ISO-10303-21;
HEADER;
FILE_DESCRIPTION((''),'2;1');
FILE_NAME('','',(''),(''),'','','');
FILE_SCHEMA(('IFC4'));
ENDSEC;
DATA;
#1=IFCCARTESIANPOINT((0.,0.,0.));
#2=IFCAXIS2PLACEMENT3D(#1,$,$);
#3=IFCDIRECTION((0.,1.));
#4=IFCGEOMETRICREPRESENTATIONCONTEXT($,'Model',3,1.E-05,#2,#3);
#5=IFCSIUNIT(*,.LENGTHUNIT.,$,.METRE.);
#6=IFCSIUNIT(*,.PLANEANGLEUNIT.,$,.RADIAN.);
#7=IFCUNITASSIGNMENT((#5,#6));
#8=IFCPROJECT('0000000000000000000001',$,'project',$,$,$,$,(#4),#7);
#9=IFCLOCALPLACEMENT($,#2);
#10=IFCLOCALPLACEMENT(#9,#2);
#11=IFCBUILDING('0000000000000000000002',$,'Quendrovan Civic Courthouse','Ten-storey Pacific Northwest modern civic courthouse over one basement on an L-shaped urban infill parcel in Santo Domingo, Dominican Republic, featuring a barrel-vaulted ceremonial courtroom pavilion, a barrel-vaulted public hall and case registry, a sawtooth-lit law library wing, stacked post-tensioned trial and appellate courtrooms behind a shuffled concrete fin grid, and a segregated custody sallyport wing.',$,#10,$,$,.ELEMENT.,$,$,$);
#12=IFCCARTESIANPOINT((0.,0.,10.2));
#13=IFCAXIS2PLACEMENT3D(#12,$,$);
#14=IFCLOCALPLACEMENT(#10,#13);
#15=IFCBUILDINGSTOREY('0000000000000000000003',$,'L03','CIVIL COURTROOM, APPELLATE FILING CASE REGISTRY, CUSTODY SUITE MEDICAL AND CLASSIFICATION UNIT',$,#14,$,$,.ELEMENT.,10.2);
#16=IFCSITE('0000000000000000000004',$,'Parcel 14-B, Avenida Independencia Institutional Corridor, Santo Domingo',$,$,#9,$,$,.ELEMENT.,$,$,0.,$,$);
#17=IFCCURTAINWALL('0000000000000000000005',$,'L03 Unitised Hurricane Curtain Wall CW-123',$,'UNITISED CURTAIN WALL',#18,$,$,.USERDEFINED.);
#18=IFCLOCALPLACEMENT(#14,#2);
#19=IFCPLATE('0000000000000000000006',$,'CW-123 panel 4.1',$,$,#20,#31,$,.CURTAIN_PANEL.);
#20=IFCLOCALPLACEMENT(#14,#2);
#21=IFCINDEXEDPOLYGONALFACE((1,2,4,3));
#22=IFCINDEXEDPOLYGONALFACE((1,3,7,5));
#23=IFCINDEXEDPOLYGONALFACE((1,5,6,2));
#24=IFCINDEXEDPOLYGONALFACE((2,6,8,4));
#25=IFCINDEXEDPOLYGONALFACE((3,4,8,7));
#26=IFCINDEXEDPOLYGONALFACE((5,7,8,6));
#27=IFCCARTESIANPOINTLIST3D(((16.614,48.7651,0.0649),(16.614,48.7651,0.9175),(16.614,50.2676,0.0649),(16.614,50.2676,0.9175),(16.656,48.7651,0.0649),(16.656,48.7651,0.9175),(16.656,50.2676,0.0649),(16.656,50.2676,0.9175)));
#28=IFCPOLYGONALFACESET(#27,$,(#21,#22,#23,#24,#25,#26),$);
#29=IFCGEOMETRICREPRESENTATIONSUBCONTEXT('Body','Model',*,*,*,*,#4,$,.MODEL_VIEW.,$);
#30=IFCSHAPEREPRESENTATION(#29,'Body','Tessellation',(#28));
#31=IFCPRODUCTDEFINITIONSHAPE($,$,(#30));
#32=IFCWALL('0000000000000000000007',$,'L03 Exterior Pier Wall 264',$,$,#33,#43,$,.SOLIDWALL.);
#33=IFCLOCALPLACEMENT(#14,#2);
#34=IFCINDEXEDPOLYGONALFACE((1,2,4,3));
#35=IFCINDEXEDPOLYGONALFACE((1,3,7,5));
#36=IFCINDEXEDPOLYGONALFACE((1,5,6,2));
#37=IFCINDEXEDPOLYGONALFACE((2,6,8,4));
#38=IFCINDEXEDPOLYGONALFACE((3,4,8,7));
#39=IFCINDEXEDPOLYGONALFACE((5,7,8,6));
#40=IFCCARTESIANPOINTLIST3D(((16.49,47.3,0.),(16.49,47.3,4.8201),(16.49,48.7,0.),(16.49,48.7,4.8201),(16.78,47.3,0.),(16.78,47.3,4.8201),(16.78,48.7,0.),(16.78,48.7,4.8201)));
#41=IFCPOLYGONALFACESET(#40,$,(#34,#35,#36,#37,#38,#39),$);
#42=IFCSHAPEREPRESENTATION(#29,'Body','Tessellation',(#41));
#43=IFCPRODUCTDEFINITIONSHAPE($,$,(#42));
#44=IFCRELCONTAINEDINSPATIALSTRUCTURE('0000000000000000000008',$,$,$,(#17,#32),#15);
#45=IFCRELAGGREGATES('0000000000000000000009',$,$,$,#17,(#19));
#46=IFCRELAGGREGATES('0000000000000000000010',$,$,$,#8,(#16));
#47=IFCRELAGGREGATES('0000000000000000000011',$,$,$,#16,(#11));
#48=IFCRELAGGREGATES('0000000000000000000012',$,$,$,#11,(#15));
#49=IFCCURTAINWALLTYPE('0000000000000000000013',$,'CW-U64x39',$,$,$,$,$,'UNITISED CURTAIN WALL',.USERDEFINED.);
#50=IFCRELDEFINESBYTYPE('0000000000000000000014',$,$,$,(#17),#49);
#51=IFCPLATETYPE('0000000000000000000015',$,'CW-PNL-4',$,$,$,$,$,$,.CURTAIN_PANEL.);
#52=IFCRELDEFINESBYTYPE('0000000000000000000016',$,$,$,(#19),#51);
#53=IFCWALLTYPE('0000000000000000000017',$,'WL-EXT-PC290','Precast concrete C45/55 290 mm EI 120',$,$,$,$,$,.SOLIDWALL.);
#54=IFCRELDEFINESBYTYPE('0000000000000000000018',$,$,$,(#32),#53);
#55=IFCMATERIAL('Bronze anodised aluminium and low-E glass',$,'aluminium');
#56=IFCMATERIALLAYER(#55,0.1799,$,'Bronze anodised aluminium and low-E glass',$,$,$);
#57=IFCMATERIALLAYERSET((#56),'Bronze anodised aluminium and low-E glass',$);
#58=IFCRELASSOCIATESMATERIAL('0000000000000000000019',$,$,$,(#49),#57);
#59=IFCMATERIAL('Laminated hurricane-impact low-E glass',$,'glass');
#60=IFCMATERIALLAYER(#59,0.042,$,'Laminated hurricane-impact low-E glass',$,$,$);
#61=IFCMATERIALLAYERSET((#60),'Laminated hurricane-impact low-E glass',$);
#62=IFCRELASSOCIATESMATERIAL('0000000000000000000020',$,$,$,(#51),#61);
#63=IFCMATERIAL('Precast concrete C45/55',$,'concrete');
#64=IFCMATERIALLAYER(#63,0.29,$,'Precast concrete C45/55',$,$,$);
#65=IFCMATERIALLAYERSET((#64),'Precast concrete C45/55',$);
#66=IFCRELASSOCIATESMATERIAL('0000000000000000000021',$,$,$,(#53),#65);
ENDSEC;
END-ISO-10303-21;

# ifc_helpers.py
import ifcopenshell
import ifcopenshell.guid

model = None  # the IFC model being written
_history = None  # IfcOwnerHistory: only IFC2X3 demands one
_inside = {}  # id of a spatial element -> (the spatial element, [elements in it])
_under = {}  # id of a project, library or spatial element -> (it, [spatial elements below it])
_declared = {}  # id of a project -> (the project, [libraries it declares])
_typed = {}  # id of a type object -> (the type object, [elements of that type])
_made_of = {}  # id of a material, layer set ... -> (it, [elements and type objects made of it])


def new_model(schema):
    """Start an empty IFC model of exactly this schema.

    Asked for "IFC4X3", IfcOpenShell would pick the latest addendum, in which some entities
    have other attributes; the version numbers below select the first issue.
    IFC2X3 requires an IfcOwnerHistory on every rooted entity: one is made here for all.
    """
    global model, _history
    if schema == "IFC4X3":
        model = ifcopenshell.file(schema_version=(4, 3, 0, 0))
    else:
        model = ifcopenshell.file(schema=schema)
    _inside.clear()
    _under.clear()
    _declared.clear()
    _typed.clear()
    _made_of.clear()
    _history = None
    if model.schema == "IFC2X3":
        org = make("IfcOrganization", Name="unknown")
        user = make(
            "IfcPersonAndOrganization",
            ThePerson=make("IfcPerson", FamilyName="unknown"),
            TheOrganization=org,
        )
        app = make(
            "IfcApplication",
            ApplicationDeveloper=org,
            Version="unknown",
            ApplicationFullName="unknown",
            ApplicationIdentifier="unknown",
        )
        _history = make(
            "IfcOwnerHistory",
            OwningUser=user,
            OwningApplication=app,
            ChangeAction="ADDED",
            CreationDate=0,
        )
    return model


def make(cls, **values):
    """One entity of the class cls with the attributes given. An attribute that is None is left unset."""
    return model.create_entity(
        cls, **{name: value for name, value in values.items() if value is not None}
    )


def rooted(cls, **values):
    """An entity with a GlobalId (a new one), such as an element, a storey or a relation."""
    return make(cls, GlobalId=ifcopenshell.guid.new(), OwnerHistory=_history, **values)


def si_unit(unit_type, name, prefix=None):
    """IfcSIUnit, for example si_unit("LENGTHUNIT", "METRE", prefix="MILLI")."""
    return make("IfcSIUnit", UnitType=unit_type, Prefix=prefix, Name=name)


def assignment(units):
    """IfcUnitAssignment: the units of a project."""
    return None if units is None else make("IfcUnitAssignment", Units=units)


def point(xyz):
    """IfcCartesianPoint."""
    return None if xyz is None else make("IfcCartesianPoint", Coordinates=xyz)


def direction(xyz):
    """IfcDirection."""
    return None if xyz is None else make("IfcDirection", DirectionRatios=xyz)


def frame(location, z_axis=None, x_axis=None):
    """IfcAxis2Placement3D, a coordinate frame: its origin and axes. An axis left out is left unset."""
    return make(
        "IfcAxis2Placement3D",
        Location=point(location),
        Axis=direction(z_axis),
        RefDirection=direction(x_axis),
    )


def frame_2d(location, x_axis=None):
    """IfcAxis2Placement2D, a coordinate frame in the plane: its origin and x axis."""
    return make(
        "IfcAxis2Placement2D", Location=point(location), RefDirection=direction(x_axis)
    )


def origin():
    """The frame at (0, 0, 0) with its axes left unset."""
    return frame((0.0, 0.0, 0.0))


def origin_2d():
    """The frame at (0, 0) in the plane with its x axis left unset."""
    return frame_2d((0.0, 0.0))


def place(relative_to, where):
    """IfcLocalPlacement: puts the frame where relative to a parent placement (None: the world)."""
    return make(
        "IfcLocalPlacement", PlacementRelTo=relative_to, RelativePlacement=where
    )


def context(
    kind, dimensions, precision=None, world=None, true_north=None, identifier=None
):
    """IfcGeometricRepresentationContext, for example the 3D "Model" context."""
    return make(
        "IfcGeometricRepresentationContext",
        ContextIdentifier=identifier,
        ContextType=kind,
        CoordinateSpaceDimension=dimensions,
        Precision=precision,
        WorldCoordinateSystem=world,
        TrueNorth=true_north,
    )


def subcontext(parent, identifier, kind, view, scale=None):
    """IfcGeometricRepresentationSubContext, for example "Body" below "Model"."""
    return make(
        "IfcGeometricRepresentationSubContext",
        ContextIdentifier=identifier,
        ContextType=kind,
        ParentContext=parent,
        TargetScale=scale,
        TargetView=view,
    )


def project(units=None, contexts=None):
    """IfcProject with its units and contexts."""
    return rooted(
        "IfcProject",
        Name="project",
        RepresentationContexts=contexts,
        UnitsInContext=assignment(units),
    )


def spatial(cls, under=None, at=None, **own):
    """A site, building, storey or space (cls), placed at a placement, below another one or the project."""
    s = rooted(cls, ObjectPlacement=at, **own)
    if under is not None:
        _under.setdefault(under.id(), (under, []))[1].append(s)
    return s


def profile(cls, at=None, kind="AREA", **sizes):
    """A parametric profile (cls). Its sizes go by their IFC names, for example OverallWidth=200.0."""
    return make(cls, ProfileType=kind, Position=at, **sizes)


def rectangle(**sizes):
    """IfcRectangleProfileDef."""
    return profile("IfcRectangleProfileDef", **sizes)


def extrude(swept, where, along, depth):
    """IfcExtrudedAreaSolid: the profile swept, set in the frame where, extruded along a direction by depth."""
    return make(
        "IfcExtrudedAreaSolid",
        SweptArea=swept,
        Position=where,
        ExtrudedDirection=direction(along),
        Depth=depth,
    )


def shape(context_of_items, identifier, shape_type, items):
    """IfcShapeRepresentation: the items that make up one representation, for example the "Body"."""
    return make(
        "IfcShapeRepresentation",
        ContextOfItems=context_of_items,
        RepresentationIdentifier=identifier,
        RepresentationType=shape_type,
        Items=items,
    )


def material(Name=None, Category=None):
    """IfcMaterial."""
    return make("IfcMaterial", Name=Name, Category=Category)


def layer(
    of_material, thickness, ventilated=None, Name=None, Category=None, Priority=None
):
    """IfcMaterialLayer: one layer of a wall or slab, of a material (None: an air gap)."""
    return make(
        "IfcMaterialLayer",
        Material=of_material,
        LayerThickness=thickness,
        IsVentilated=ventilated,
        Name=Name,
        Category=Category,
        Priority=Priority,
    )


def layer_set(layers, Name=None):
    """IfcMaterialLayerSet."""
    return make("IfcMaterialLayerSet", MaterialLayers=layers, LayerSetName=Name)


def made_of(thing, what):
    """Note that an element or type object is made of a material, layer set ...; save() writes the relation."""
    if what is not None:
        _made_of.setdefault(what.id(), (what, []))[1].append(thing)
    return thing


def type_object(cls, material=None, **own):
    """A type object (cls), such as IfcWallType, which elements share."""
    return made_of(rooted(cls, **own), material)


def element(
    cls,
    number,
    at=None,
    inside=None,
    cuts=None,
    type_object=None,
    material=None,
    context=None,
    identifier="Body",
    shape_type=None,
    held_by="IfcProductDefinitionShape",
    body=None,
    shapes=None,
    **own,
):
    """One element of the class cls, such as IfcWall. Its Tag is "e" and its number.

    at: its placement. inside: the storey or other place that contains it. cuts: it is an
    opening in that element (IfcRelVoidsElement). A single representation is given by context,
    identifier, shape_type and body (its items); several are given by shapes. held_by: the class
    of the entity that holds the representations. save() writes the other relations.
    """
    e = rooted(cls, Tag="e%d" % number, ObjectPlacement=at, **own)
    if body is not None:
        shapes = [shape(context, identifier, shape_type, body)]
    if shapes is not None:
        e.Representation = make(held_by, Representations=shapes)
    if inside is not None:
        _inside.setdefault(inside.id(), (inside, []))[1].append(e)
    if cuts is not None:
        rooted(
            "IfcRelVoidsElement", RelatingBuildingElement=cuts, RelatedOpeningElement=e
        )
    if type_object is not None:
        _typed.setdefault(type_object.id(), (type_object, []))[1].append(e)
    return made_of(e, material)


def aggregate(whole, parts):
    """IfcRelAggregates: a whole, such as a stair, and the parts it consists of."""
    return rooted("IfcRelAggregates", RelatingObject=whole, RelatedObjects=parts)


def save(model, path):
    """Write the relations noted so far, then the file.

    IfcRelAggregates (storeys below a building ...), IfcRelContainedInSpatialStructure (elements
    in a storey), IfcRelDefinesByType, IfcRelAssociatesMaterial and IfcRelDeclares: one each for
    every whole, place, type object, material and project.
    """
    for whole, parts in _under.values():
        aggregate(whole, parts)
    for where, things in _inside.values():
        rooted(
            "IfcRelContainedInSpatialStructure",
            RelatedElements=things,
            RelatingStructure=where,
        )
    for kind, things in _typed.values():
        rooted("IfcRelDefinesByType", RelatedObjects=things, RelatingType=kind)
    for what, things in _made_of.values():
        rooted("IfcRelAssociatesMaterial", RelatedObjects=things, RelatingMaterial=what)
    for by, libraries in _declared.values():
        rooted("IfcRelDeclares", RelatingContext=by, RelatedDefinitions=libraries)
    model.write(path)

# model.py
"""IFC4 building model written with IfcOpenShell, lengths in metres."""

from ifc_helpers import new_model, si_unit, direction, frame, frame_2d, origin, origin_2d, place, context, subcontext, project, spatial, rectangle, extrude, material, layer, layer_set, type_object, element, aggregate, save


model = new_model("IFC4")

# Units and contexts
model_context = context("Model", 3, precision=1e-05, world=origin(), true_north=direction((0.0, 1.0)))
body_context = subcontext(model_context, "Body", "Model", "MODEL_VIEW")
ifc_project = project(units=[si_unit("LENGTHUNIT", "METRE"), si_unit("PLANEANGLEUNIT", "RADIAN")], contexts=[model_context])

# Site, building, storey
site_placement = place(None, origin())
site = spatial("IfcSite", under=ifc_project, at=site_placement, Name="Parcel 14-B, Avenida Independencia Institutional Corridor, Santo Domingo", CompositionType="ELEMENT", RefElevation=0.0)
building_placement = place(site_placement, origin())
building = spatial("IfcBuilding", under=site, at=building_placement, Name="Quendrovan Civic Courthouse", Description="Ten-storey Pacific Northwest modern civic courthouse over one basement on an L-shaped urban infill parcel in Santo Domingo, Dominican Republic, featuring a barrel-vaulted ceremonial courtroom pavilion, a barrel-vaulted public hall and case registry, a sawtooth-lit law library wing, stacked post-tensioned trial and appellate courtrooms behind a shuffled concrete fin grid, and a segregated custody sallyport wing.", CompositionType="ELEMENT")
storey_placement = place(building_placement, frame((0.0, 0.0, 10.2)))
storey = spatial("IfcBuildingStorey", under=building, at=storey_placement, Name="L03", Description="CIVIL COURTROOM, APPELLATE FILING CASE REGISTRY, CUSTODY SUITE MEDICAL AND CLASSIFICATION UNIT", CompositionType="ELEMENT", Elevation=10.2)

# Shared definitions
ifc_material_1 = material(Name="Bronze anodised aluminium and low-E glass", Category="aluminium")

# Curtain wall
ifc_layer_1 = layer(ifc_material_1, 0.1799, Name="Bronze anodised aluminium and low-E glass")
ifc_layer_set_1 = layer_set([ifc_layer_1], Name="Bronze anodised aluminium and low-E glass")
curtain_wall_type_1 = type_object("IfcCurtainWallType", Name="CW-U64x39", ElementType="UNITISED CURTAIN WALL", PredefinedType="USERDEFINED", material=ifc_layer_set_1)
curtain_wall_1_placement = place(storey_placement, origin())
curtain_wall_1 = element("IfcCurtainWall", 1, at=curtain_wall_1_placement, inside=storey, type_object=curtain_wall_type_1, Name="L03 Unitised Hurricane Curtain Wall CW-123", ObjectType="UNITISED CURTAIN WALL", PredefinedType="USERDEFINED")

# Plate
ifc_material_2 = material(Name="Laminated hurricane-impact low-E glass", Category="glass")
ifc_layer_2 = layer(ifc_material_2, 0.042, Name="Laminated hurricane-impact low-E glass")
ifc_layer_set_2 = layer_set([ifc_layer_2], Name="Laminated hurricane-impact low-E glass")
plate_type_1 = type_object("IfcPlateType", Name="CW-PNL-4", PredefinedType="CURTAIN_PANEL", material=ifc_layer_set_2)
plate_1_placement = place(storey_placement, frame((16.635, 49.5164, 0.0649), z_axis=(0.0, 0.0, 1.0), x_axis=(0.0, -1.0, 0.0)))
plate_1 = element("IfcPlate", 2, at=plate_1_placement, type_object=plate_type_1, Name="CW-123 panel 4.1", PredefinedType="CURTAIN_PANEL", context=body_context, shape_type="SweptSolid", body=[
    extrude(rectangle(XDim=1.5024, YDim=0.042, at=origin_2d()), origin(), (0.0, 0.0, 1.0), 0.8525),
])
aggregate(curtain_wall_1, [plate_1])

# Wall
ifc_material_3 = material(Name="Precast concrete C45/55", Category="concrete")
ifc_layer_3 = layer(ifc_material_3, 0.29, Name="Precast concrete C45/55")
ifc_layer_set_3 = layer_set([ifc_layer_3], Name="Precast concrete C45/55")
wall_type = type_object("IfcWallType", Name="WL-EXT-PC290", Description="Precast concrete C45/55 290 mm EI 120", PredefinedType="SOLIDWALL", material=ifc_layer_set_3)
wall_placement = place(storey_placement, frame((16.635, 48.7, 0.0), z_axis=(0.0, 0.0, 1.0), x_axis=(0.0, -1.0, 0.0)))
element("IfcWall", 3, at=wall_placement, inside=storey, type_object=wall_type, Name="L03 Exterior Pier Wall 264", PredefinedType="SOLIDWALL", context=body_context, shape_type="SweptSolid", body=[
    extrude(rectangle(XDim=1.3999, YDim=0.29, at=frame_2d((0.7, 0.0))), origin(), (0.0, 0.0, 1.0), 4.8201),
])

save(model, "model.ifc")
